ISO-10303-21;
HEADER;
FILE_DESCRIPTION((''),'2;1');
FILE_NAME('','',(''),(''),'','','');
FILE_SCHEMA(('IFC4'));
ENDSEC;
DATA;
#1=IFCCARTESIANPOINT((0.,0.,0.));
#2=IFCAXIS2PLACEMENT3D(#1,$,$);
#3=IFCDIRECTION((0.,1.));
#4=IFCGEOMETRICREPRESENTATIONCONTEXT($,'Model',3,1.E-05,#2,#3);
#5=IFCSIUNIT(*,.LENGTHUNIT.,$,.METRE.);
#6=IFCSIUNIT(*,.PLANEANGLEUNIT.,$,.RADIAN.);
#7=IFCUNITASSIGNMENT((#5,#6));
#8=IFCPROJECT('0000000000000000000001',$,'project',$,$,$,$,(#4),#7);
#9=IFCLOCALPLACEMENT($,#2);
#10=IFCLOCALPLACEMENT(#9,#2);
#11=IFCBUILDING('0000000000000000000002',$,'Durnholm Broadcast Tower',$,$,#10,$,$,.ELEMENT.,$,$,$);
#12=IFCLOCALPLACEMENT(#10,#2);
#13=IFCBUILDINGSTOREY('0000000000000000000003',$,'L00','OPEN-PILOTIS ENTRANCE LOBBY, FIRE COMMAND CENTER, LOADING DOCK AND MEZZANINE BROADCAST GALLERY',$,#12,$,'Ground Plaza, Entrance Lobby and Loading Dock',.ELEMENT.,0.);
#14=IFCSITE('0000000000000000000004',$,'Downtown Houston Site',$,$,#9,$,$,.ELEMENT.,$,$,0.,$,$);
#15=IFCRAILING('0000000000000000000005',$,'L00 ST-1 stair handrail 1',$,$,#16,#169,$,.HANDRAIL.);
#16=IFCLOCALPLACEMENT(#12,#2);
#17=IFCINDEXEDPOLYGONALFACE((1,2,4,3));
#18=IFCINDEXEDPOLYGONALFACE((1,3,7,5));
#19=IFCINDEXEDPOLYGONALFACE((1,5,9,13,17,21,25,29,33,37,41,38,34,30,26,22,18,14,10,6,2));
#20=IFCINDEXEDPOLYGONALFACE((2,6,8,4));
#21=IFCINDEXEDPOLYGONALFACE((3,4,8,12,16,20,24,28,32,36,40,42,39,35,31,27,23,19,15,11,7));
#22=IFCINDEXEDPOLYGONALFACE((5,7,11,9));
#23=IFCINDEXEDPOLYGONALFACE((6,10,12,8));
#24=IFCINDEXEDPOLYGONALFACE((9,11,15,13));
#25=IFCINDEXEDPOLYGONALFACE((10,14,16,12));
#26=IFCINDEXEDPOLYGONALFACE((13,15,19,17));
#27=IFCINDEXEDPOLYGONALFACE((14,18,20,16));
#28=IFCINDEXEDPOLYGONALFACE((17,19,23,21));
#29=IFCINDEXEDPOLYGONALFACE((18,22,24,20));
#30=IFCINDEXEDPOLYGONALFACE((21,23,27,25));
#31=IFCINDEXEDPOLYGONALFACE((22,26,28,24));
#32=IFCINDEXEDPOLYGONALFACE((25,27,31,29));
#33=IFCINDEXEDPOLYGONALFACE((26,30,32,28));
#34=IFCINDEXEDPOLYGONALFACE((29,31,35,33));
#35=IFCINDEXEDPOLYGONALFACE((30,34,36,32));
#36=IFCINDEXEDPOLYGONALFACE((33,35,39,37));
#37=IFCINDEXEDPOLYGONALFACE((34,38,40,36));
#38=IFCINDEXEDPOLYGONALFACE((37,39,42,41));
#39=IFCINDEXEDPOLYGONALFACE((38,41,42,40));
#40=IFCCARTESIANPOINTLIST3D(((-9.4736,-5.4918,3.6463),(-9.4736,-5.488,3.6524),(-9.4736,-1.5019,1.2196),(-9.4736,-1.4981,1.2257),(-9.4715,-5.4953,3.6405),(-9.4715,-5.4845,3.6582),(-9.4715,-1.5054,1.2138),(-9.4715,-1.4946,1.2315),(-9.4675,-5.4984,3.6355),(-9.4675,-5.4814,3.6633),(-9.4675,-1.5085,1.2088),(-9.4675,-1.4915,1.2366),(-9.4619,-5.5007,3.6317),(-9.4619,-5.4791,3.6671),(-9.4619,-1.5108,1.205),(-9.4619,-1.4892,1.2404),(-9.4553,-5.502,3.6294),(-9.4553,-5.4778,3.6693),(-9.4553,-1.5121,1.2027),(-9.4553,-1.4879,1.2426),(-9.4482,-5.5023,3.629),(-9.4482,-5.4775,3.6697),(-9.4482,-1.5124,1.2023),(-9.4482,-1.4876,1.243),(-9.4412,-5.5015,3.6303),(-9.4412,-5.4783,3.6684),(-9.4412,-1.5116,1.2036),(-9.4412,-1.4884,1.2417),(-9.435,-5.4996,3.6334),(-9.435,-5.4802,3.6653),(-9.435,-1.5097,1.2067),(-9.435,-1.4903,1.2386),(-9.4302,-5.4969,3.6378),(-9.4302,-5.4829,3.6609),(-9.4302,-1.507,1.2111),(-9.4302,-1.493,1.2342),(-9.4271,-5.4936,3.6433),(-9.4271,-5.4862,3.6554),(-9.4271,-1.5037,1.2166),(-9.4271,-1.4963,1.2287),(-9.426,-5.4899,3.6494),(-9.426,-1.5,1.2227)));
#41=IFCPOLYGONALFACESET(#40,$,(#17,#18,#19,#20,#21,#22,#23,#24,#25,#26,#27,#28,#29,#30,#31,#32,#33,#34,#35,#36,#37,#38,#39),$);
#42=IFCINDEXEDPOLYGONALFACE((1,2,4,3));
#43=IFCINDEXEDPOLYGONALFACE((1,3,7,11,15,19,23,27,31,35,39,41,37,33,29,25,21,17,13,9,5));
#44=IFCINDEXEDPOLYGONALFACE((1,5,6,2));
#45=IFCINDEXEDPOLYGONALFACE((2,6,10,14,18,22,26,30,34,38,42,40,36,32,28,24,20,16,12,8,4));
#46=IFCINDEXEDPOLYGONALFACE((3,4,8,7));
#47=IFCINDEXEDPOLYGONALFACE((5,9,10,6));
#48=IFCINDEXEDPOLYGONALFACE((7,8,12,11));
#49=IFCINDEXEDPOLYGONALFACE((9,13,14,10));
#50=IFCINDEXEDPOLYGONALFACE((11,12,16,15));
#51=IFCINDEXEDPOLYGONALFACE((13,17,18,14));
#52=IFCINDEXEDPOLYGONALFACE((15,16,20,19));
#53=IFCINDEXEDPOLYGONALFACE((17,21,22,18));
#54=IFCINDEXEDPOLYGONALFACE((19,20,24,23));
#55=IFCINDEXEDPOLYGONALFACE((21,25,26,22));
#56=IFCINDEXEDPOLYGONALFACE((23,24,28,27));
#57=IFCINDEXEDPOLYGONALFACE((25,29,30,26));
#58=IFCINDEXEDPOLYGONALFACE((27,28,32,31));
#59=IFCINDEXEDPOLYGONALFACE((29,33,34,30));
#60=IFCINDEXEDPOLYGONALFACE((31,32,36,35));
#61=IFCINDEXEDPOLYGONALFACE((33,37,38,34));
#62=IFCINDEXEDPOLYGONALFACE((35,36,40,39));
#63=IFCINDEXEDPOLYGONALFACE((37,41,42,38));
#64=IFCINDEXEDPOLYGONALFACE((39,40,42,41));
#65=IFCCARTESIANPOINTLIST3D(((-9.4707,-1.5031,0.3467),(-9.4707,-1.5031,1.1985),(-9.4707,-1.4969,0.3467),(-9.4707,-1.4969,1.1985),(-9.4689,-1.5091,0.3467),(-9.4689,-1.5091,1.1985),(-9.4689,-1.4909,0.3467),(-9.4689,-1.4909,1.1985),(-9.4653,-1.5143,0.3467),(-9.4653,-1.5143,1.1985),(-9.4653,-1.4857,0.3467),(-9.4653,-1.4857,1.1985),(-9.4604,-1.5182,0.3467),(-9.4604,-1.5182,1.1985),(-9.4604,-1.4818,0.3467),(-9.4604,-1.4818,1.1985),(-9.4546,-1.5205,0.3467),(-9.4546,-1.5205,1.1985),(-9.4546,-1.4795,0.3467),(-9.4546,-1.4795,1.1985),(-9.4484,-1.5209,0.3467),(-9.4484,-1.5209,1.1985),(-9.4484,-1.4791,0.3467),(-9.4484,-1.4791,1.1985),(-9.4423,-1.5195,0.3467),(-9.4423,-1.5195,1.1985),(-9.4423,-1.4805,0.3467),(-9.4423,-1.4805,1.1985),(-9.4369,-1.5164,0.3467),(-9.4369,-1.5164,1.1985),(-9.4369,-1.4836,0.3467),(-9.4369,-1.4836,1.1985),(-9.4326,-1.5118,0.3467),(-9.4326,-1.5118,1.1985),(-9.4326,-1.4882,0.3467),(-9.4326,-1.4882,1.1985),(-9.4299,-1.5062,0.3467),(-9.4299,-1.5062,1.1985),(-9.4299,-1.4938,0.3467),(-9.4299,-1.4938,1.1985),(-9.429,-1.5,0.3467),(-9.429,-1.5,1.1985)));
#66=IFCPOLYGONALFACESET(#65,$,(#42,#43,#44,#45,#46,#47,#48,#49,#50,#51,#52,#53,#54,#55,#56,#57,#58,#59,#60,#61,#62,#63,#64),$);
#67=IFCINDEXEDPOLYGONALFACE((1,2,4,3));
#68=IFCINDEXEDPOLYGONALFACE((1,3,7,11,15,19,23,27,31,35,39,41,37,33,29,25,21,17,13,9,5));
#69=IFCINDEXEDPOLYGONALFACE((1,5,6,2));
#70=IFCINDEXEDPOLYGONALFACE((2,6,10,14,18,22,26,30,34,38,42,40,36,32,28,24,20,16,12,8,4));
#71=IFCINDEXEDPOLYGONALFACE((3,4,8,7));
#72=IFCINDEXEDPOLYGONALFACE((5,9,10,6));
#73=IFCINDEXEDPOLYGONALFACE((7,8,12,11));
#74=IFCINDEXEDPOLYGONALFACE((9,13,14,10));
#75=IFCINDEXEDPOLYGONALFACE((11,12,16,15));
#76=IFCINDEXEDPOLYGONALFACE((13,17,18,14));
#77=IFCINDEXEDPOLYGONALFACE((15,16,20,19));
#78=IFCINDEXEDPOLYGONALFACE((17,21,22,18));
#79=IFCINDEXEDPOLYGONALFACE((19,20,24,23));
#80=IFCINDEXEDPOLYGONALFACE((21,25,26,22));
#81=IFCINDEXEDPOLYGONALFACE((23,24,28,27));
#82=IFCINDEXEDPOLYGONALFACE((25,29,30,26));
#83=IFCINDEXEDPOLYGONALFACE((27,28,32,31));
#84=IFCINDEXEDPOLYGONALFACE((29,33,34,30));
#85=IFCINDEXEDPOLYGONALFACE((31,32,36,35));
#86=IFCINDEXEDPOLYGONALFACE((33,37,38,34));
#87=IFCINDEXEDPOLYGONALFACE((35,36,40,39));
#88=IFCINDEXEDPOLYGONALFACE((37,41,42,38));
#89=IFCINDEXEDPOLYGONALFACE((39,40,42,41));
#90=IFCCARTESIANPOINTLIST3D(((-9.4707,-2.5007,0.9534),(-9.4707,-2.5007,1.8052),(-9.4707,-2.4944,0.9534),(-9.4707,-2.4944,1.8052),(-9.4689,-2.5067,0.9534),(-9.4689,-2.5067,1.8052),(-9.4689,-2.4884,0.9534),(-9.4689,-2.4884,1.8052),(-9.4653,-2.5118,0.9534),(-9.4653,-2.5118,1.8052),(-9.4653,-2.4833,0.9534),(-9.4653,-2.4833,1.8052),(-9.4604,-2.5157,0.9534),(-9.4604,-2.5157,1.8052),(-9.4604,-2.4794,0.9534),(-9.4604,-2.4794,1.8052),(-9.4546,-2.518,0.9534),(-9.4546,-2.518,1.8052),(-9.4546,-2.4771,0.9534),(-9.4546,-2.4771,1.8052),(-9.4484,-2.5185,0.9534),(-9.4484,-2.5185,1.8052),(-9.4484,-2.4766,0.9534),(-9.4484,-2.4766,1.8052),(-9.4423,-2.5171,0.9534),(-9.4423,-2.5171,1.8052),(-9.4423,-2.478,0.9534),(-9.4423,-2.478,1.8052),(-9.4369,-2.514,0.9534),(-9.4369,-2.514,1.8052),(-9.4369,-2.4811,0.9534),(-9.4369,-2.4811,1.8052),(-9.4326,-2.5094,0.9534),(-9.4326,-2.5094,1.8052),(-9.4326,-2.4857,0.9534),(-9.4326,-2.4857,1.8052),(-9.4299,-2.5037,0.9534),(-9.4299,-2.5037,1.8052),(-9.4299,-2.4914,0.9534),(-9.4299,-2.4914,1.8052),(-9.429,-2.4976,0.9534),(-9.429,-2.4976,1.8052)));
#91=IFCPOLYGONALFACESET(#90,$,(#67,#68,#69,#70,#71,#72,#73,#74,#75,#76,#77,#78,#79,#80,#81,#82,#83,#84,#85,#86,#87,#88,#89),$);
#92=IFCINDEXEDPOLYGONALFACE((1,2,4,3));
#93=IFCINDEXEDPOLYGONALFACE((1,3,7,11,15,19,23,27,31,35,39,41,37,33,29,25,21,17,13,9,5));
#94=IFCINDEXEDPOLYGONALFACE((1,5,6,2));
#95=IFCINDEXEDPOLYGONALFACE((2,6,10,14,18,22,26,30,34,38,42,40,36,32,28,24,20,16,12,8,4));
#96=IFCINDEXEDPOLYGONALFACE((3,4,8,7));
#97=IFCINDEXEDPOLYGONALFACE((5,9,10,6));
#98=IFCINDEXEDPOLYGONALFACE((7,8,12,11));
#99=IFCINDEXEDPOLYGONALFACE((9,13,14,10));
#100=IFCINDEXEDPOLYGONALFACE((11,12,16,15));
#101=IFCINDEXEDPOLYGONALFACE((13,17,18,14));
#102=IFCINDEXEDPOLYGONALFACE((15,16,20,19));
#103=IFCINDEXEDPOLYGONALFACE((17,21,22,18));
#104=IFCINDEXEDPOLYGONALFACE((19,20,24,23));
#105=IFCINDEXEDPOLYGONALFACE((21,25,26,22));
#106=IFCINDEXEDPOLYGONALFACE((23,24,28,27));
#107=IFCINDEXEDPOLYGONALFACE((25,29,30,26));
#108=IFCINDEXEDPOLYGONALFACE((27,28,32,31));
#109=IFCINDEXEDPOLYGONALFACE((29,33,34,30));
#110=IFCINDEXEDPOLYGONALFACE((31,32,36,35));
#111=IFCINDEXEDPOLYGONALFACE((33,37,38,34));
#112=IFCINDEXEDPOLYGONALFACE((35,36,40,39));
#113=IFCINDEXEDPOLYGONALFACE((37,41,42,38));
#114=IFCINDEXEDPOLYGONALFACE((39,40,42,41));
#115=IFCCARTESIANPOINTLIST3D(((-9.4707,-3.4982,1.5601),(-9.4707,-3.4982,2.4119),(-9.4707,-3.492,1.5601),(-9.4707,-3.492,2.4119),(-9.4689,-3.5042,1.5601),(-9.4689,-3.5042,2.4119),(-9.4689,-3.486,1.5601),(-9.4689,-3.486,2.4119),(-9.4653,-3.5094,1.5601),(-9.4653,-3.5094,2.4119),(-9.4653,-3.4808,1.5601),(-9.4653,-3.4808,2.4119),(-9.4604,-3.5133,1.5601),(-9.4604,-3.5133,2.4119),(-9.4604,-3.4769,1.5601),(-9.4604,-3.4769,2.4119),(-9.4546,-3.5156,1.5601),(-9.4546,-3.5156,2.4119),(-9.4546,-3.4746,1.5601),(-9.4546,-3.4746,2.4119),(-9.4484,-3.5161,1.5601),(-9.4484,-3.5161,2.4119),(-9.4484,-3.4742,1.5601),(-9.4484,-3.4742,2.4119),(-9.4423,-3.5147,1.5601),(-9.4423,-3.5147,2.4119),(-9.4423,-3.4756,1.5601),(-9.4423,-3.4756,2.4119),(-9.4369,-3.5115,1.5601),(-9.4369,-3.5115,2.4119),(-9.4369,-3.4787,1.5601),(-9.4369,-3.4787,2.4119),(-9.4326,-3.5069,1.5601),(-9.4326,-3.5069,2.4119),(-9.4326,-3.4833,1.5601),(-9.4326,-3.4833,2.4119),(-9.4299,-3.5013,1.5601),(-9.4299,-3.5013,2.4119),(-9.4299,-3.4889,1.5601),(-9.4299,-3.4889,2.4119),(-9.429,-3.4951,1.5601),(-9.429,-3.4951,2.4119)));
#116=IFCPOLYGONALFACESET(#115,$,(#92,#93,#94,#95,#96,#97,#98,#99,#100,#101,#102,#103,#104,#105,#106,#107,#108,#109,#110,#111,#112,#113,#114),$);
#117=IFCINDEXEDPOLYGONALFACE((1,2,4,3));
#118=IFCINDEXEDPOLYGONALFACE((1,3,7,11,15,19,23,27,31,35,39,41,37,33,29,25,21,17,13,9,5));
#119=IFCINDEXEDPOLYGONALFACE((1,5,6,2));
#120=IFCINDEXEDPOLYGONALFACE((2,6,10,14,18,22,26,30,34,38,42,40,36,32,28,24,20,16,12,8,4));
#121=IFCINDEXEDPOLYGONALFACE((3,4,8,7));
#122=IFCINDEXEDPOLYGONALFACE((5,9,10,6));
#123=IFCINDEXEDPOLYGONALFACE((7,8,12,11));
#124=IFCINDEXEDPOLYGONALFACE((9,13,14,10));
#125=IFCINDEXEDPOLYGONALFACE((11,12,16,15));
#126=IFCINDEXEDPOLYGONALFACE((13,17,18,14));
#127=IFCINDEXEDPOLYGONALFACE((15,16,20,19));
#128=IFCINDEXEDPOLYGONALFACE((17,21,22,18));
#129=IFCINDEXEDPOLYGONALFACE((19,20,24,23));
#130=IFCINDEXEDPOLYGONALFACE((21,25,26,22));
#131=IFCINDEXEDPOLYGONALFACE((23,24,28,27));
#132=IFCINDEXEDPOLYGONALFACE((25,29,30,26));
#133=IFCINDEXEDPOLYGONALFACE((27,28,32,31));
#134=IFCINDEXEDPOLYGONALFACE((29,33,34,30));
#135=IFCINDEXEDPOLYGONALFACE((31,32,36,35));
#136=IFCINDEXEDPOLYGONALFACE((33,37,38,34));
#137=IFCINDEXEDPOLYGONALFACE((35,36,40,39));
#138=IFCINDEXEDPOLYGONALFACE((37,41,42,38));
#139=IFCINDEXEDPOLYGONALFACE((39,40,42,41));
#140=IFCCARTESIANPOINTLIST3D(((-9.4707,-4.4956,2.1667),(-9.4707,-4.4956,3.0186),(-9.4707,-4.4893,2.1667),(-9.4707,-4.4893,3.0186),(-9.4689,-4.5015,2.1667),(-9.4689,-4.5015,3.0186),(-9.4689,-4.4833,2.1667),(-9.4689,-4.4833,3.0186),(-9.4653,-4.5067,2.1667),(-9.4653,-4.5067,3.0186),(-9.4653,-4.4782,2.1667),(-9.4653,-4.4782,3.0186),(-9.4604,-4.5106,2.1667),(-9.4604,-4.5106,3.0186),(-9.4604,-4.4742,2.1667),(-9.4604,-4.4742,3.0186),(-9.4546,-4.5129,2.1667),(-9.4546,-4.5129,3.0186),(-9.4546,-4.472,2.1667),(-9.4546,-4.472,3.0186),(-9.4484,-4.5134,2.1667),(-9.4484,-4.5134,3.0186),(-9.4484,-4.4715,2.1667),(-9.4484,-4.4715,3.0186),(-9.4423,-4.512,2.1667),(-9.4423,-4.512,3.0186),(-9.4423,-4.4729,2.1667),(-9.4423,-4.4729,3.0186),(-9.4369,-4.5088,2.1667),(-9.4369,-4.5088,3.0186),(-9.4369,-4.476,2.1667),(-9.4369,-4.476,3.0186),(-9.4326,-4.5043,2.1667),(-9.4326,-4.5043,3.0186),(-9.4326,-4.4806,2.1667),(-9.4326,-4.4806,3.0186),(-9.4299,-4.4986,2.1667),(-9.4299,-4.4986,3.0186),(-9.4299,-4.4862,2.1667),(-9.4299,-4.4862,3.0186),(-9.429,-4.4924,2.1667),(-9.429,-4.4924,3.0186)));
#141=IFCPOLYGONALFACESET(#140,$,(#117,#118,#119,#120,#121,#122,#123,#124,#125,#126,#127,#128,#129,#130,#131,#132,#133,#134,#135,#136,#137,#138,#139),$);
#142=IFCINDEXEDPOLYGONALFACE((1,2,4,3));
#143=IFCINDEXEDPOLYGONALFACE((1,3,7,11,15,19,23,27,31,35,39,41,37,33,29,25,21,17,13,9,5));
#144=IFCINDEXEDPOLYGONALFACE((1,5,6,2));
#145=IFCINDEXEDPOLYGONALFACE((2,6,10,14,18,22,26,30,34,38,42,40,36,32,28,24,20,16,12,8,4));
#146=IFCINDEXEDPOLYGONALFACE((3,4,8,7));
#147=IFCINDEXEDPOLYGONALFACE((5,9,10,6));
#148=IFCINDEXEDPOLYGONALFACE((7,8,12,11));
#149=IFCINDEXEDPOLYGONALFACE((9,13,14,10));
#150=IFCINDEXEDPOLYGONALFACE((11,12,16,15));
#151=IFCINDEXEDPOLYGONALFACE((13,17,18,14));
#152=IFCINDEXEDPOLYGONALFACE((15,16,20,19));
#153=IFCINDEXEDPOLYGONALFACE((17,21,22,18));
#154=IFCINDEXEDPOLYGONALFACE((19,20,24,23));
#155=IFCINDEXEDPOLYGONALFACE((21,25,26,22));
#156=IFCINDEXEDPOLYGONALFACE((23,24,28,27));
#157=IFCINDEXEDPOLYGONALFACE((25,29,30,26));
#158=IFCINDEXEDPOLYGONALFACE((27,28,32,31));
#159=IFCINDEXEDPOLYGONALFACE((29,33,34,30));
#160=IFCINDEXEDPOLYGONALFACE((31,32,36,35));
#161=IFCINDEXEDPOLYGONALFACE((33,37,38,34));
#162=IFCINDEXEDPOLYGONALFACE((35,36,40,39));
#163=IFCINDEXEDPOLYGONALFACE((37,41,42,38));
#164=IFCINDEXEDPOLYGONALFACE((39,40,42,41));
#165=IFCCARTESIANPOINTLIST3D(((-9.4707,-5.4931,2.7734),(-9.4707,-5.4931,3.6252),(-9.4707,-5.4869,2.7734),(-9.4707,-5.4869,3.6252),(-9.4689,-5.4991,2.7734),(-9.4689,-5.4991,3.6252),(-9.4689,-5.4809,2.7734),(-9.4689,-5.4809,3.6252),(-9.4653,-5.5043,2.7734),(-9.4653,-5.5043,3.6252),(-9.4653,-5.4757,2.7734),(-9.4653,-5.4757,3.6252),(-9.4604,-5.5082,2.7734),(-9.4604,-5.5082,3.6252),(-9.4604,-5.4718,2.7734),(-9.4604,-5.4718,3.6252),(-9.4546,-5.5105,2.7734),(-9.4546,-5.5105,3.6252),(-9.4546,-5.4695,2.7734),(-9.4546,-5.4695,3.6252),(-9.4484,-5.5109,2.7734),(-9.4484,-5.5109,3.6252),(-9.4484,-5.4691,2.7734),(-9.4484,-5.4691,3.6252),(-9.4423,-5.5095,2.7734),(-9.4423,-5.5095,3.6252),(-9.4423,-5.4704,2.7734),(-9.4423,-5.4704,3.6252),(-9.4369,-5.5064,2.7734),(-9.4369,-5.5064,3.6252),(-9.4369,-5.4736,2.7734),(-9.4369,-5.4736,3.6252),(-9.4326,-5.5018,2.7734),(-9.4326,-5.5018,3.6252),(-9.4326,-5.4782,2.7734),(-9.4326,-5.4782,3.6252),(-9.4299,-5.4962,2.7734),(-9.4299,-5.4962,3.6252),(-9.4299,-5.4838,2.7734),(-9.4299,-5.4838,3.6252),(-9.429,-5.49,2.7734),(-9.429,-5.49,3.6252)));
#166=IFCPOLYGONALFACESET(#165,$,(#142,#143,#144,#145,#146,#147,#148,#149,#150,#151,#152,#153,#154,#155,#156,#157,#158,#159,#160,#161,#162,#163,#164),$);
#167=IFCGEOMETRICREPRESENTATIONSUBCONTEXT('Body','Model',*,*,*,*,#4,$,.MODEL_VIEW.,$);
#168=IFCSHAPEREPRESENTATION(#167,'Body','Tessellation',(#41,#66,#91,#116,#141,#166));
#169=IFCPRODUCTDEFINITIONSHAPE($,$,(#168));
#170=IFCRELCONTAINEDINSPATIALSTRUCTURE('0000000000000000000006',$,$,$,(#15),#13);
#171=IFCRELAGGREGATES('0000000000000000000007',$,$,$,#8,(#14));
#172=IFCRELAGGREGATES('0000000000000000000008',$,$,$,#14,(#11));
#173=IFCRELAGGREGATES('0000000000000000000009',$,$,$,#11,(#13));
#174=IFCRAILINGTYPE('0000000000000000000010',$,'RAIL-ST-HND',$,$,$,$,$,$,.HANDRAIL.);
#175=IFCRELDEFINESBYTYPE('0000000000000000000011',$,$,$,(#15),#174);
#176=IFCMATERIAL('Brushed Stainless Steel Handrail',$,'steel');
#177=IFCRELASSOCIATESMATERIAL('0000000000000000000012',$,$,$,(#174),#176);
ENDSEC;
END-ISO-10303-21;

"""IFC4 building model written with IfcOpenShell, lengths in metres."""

from ifc_helpers import new_model, si_unit, direction, frame, origin, origin_2d, place, context, subcontext, project, spatial, circle, extrude, material, type_object, element, save


model = new_model("IFC4")

# Units and contexts
model_context = context("Model", 3, precision=1e-05, world=origin(), true_north=direction((0.0, 1.0)))
body_context = subcontext(model_context, "Body", "Model", "MODEL_VIEW")
ifc_project = project(units=[si_unit("LENGTHUNIT", "METRE"), si_unit("PLANEANGLEUNIT", "RADIAN")], contexts=[model_context])

# Site, building, storey
site_placement = place(None, origin())
site = spatial("IfcSite", under=ifc_project, at=site_placement, Name="Downtown Houston Site", CompositionType="ELEMENT", RefElevation=0.0)
building_placement = place(site_placement, origin())
building = spatial("IfcBuilding", under=site, at=building_placement, Name="Durnholm Broadcast Tower", CompositionType="ELEMENT")
storey_placement = place(building_placement, origin())
storey = spatial("IfcBuildingStorey", under=building, at=storey_placement, Name="L00", Description="OPEN-PILOTIS ENTRANCE LOBBY, FIRE COMMAND CENTER, LOADING DOCK AND MEZZANINE BROADCAST GALLERY", LongName="Ground Plaza, Entrance Lobby and Loading Dock", CompositionType="ELEMENT", Elevation=0.0)

# Railing
ifc_material_1 = material(Name="Brushed Stainless Steel Handrail", Category="steel")
railing_type_1 = type_object("IfcRailingType", Name="RAIL-ST-HND", PredefinedType="HANDRAIL", material=ifc_material_1)
railing_1_placement = place(storey_placement, frame((-9.45, -1.5, 0.3467)))
element("IfcRailing", 1, at=railing_1_placement, inside=storey, type_object=railing_type_1, Name="L00 ST-1 stair handrail 1", PredefinedType="HANDRAIL", context=body_context, shape_type="SweptSolid", body=[
    extrude(circle(Radius=0.0239, at=origin_2d()), frame((0.0, 0.0, 0.876), z_axis=(0.0, -0.854382, 0.519645), x_axis=(1.0, 0.0, 0.0)), (0.0, 0.0, 1.0), 4.6699),
    extrude(circle(Radius=0.021, at=origin_2d()), origin(), (0.0, 0.0, 1.0), 0.8518),
    extrude(circle(Radius=0.021, at=origin_2d()), frame((0.0, -0.9976, 0.6067)), (0.0, 0.0, 1.0), 0.8518),
    extrude(circle(Radius=0.021, at=origin_2d()), frame((0.0, -1.9951, 1.2134)), (0.0, 0.0, 1.0), 0.8518),
    extrude(circle(Radius=0.021, at=origin_2d()), frame((0.0, -2.9924, 1.8201)), (0.0, 0.0, 1.0), 0.8518),
    extrude(circle(Radius=0.021, at=origin_2d()), frame((0.0, -3.99, 2.4268)), (0.0, 0.0, 1.0), 0.8518),
])

save(model, "model.ifc")
